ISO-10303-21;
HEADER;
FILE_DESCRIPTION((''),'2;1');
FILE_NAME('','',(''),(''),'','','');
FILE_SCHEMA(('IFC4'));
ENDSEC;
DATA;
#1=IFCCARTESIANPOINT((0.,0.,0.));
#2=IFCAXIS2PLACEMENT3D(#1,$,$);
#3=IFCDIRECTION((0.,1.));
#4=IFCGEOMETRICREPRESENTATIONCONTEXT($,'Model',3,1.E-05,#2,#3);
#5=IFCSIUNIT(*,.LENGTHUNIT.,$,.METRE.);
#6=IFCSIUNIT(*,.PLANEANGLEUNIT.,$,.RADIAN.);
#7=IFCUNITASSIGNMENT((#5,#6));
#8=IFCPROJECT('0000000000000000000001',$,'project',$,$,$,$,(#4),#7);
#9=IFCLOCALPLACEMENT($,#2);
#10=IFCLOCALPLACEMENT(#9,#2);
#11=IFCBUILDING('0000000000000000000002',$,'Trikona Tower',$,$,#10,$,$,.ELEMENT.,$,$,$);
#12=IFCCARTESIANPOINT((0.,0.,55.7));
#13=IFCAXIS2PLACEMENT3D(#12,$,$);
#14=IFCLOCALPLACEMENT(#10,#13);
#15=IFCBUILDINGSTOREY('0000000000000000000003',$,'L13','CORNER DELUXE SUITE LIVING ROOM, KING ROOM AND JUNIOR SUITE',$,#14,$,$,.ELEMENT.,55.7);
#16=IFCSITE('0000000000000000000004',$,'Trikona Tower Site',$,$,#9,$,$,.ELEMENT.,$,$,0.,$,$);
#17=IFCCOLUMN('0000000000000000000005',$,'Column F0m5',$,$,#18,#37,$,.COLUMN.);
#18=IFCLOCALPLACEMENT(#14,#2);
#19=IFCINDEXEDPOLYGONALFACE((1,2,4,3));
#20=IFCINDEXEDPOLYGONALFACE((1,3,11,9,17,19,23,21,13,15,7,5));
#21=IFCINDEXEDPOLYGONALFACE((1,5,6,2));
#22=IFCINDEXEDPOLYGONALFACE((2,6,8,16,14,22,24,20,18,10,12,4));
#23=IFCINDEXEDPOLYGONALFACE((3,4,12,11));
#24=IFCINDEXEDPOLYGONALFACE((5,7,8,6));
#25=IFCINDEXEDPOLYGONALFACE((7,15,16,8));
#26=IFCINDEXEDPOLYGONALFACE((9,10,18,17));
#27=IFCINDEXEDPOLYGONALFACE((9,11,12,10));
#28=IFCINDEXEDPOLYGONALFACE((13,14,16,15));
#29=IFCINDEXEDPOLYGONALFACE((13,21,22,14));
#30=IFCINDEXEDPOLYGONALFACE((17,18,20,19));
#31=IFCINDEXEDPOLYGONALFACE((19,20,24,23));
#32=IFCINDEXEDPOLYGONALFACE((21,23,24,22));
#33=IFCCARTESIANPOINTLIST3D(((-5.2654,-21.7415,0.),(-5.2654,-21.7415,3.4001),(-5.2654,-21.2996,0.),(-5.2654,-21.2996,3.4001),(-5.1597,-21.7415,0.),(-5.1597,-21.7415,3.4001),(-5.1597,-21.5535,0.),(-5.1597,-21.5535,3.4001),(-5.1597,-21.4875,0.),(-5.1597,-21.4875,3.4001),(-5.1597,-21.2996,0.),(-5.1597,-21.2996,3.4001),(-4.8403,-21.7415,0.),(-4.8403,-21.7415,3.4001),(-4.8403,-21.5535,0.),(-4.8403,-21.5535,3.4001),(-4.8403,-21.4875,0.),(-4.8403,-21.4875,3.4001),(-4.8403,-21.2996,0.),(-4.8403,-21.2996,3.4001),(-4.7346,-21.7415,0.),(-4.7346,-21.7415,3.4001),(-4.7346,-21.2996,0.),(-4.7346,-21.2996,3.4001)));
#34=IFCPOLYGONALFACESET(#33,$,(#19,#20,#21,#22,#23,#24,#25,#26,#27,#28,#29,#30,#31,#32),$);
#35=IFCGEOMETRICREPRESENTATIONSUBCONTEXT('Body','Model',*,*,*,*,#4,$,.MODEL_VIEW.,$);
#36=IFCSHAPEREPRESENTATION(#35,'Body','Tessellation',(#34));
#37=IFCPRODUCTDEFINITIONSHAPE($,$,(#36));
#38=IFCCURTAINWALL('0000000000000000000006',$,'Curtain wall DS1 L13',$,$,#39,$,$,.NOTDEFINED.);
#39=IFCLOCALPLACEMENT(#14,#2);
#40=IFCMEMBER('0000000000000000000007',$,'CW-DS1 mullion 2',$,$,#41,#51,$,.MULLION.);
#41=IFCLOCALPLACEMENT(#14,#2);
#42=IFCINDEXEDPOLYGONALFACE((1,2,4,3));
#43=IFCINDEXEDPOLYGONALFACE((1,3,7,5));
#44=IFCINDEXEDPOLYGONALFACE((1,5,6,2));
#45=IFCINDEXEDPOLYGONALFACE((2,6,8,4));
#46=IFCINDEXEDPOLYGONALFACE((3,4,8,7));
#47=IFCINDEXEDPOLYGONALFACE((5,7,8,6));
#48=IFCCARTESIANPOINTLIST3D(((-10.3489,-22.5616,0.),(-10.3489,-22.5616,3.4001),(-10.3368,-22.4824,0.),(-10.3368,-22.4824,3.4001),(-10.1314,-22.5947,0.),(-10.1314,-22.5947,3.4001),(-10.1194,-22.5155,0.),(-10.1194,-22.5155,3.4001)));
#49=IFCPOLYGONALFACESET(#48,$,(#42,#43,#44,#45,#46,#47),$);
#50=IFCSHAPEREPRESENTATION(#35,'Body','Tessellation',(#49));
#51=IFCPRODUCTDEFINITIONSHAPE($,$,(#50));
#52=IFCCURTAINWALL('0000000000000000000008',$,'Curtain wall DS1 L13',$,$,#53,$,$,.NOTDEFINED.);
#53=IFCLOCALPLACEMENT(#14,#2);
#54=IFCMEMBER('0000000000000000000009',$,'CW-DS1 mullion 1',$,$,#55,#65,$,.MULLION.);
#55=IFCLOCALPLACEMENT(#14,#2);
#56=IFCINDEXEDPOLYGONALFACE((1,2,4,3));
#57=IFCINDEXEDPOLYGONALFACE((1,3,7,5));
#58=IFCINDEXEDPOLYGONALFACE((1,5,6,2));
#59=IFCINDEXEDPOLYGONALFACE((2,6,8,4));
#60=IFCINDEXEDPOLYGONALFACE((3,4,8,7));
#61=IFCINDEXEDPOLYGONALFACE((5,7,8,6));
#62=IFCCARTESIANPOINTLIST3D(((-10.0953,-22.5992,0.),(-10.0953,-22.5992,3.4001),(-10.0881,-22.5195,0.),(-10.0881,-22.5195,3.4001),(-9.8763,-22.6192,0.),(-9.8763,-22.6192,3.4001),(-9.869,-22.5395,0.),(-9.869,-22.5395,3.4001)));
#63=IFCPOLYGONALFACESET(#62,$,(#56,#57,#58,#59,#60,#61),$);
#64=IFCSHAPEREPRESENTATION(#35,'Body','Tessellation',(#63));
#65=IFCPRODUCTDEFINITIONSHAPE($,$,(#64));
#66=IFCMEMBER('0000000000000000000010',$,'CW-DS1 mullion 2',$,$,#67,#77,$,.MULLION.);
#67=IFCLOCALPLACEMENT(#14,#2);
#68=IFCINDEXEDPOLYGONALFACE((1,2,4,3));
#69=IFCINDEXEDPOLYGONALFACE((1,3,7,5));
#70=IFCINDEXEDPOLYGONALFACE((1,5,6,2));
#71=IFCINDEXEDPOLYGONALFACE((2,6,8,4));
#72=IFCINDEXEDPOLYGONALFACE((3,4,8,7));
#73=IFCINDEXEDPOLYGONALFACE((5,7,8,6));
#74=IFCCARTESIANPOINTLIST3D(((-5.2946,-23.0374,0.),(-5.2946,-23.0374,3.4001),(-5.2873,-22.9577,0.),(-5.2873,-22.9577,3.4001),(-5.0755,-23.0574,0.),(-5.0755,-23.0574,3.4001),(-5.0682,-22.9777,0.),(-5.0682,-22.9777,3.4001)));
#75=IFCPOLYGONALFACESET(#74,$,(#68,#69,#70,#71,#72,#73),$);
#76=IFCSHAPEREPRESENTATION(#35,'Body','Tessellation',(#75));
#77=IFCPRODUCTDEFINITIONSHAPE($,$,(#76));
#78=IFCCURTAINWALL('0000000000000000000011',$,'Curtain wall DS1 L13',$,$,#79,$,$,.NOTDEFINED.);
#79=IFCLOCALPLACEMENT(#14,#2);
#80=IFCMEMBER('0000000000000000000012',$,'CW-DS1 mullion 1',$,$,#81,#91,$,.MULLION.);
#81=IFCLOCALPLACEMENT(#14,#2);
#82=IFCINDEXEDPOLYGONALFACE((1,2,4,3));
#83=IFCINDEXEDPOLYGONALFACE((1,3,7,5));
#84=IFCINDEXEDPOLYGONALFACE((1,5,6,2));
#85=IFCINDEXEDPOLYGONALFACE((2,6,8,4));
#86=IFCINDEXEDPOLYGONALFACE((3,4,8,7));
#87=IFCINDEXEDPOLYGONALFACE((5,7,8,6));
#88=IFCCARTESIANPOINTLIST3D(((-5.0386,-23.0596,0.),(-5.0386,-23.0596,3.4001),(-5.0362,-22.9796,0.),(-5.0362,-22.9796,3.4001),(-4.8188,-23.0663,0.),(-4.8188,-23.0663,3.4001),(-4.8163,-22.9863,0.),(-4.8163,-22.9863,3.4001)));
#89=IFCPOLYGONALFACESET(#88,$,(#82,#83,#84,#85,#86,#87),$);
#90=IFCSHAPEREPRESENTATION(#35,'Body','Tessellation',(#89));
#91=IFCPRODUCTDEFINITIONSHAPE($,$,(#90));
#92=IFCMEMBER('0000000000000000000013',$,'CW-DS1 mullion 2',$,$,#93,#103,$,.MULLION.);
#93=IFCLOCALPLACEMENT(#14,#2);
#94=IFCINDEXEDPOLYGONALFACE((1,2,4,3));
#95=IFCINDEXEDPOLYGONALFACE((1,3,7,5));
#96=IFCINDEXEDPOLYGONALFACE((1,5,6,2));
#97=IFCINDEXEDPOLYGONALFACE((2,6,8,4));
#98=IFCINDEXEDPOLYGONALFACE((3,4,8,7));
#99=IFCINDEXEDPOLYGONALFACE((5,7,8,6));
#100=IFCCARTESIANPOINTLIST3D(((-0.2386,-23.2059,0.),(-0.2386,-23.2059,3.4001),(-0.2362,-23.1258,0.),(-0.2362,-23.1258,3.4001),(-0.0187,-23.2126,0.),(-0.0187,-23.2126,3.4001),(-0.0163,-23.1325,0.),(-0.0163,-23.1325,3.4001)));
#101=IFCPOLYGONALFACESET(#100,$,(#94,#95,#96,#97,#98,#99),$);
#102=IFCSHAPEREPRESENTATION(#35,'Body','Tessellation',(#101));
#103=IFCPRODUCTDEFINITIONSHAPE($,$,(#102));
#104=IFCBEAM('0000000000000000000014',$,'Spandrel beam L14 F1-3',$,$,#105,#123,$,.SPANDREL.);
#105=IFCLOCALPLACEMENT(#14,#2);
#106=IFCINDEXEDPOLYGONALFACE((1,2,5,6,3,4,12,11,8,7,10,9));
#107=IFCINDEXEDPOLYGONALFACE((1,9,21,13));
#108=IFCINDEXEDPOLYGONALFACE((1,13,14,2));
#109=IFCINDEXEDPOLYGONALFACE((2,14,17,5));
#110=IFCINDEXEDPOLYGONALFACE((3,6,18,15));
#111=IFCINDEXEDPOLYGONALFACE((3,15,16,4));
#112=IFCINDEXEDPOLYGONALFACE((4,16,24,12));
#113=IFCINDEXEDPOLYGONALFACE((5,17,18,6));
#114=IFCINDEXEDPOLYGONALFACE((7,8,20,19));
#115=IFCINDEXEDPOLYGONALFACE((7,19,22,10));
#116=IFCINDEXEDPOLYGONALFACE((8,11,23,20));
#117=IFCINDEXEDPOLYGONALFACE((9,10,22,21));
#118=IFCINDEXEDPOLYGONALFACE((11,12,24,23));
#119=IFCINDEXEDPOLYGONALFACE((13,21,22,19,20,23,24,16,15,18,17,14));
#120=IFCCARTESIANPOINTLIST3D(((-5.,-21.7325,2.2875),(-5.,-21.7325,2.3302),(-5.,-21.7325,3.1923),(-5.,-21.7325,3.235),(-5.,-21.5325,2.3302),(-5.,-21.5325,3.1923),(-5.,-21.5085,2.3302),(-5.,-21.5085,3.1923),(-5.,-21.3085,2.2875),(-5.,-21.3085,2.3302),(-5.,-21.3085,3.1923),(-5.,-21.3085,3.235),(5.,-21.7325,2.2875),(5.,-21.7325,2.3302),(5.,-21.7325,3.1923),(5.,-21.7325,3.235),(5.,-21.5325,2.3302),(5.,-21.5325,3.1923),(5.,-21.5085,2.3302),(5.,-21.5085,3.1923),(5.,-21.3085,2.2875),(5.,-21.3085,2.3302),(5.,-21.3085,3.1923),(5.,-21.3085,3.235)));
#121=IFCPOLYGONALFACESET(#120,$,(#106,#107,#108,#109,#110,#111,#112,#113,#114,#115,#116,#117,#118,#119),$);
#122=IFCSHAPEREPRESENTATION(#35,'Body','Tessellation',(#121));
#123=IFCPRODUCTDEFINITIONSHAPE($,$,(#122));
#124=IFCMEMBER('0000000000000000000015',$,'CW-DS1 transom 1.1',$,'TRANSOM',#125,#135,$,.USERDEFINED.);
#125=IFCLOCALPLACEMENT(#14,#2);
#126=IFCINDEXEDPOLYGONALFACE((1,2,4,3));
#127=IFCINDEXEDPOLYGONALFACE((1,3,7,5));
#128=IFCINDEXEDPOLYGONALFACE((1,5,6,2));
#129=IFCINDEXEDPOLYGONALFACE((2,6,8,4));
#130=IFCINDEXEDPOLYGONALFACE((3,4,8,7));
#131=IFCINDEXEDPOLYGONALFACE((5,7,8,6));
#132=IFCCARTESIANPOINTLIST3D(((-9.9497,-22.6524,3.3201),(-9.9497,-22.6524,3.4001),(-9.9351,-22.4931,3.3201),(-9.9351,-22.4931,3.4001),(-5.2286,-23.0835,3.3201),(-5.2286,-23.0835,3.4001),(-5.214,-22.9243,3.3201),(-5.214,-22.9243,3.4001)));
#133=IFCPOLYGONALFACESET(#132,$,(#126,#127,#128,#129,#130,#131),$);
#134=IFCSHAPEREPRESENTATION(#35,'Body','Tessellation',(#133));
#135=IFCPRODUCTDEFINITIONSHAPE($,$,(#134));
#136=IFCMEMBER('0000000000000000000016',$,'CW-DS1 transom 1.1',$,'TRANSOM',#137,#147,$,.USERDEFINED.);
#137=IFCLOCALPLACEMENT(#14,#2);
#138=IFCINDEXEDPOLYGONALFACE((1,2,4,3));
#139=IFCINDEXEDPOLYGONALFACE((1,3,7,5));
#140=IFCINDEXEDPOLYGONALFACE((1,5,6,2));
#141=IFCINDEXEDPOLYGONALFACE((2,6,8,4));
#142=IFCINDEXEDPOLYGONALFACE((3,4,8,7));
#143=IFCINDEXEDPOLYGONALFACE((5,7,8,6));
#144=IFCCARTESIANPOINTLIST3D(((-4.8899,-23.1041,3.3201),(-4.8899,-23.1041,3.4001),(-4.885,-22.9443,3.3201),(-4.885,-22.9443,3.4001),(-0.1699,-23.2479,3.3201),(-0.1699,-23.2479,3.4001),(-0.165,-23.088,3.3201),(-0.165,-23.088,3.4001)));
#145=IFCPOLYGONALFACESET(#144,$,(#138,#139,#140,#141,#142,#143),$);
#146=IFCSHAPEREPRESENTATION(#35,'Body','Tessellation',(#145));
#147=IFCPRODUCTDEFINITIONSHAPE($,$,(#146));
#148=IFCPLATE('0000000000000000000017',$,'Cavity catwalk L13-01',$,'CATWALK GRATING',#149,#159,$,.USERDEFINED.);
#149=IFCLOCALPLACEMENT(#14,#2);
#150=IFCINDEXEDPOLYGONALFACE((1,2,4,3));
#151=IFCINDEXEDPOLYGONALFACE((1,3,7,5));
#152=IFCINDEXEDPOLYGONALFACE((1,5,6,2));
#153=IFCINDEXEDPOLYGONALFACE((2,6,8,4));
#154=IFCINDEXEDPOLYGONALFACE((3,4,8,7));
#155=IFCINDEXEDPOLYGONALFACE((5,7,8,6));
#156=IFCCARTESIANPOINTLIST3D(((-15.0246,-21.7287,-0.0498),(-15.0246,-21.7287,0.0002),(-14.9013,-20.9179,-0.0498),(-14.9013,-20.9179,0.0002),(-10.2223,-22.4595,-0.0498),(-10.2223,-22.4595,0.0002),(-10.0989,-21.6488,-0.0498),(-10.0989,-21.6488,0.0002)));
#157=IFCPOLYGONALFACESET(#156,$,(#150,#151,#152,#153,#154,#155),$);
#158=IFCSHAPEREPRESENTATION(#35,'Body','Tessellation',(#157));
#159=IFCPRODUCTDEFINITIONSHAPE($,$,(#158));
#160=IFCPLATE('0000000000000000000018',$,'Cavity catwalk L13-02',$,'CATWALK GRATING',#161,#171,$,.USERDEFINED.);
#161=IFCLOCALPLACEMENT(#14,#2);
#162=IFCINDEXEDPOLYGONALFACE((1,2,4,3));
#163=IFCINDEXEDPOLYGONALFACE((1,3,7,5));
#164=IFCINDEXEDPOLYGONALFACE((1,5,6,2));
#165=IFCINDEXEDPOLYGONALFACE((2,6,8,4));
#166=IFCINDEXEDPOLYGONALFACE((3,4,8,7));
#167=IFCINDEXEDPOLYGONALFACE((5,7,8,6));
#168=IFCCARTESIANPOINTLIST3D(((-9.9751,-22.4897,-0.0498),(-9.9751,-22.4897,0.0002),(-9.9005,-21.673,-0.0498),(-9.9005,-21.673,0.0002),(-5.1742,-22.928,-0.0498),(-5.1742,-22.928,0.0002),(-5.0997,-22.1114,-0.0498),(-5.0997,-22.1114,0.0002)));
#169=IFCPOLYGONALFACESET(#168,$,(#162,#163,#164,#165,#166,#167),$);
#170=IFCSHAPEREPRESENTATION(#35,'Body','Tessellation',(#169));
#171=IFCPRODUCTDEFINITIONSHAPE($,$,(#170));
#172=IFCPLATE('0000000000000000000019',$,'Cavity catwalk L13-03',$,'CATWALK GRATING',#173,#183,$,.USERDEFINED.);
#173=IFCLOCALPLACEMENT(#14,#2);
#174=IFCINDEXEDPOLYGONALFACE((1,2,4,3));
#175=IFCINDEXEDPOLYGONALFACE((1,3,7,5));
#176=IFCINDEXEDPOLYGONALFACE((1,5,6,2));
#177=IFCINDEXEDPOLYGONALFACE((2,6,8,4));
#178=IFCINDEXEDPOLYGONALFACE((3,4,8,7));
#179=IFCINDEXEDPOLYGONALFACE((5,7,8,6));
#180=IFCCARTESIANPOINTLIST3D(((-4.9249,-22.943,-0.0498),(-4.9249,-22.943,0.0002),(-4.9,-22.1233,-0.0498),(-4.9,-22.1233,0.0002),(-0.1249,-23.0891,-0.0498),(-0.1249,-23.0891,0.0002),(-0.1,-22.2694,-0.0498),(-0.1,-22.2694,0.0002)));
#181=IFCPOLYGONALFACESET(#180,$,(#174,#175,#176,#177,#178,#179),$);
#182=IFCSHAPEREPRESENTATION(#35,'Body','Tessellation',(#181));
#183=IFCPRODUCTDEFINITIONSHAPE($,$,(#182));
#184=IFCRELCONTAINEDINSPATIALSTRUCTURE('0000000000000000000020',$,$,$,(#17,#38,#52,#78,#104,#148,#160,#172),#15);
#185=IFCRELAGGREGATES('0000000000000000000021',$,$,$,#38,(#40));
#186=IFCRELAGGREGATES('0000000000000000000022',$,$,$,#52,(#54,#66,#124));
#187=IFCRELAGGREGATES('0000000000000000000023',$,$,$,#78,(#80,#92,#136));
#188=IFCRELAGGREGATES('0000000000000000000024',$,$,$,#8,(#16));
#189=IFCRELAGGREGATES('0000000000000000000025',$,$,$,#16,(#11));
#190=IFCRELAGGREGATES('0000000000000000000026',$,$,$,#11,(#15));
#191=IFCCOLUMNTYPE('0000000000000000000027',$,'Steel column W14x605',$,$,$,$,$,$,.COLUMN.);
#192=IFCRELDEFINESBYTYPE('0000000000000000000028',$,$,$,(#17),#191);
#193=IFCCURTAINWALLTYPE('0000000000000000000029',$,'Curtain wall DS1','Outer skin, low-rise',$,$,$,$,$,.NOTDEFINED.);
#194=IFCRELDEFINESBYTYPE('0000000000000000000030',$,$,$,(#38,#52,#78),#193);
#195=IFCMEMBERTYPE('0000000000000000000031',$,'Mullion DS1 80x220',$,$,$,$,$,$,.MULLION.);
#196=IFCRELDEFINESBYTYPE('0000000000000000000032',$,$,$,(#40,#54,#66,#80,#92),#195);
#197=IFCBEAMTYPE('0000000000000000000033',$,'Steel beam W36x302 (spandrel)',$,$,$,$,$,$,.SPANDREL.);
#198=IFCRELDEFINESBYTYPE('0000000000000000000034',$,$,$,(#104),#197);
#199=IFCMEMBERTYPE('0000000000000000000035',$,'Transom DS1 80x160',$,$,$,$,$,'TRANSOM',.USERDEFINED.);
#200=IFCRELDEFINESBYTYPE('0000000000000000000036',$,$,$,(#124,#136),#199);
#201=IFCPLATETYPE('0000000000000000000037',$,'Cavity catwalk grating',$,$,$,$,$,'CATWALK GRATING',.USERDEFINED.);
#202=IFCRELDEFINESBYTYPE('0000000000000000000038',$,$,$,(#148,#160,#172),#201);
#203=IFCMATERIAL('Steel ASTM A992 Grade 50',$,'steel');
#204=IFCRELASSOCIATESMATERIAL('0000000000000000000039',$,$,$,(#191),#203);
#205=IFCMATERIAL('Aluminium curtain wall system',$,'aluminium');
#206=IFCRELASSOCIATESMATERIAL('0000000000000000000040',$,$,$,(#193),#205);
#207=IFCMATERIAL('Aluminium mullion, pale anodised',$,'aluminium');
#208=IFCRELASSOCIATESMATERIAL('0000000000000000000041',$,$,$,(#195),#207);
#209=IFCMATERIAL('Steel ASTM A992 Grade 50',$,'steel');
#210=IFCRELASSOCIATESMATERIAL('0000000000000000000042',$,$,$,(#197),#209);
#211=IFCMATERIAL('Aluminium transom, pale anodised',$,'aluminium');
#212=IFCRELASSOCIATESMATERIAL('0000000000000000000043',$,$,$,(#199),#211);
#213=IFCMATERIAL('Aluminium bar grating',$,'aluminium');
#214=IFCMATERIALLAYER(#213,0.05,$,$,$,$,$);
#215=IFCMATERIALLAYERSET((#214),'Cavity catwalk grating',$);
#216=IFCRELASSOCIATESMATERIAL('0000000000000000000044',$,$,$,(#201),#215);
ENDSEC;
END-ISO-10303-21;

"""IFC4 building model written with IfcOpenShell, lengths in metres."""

from ifc_helpers import new_model, si_unit, direction, frame, origin, origin_2d, place, context, subcontext, project, spatial, rectangle, i_section, extrude, material, layer, layer_set, material_profile, profile_set, type_object, element, aggregate, save


model = new_model("IFC4")

# Units and contexts
model_context = context("Model", 3, precision=1e-05, world=origin(), true_north=direction((0.0, 1.0)))
body_context = subcontext(model_context, "Body", "Model", "MODEL_VIEW")
ifc_project = project(units=[si_unit("LENGTHUNIT", "METRE"), si_unit("PLANEANGLEUNIT", "RADIAN")], contexts=[model_context])

# Site, building, storey
site_placement = place(None, origin())
site = spatial("IfcSite", under=ifc_project, at=site_placement, Name="Trikona Tower Site", CompositionType="ELEMENT", RefElevation=0.0)
building_placement = place(site_placement, origin())
building = spatial("IfcBuilding", under=site, at=building_placement, Name="Trikona Tower", CompositionType="ELEMENT")
storey_placement = place(building_placement, frame((0.0, 0.0, 55.7)))
storey = spatial("IfcBuildingStorey", under=building, at=storey_placement, Name="L13", Description="CORNER DELUXE SUITE LIVING ROOM, KING ROOM AND JUNIOR SUITE", CompositionType="ELEMENT", Elevation=55.7)

# Column
ifc_material_1 = material(Name="Steel ASTM A992 Grade 50", Category="steel")
ifc_material_profile_1 = material_profile(ifc_material_1, i_section(OverallWidth=0.4419, OverallDepth=0.5308, WebThickness=0.0659, FlangeThickness=0.1057, at=origin_2d()), Name="W14X605")
ifc_profile_set_1 = profile_set([ifc_material_profile_1], Name="Steel ASTM A992 Grade 50")
column_type = type_object("IfcColumnType", Name="Steel column W14x605", PredefinedType="COLUMN", material=ifc_profile_set_1)
column_placement = place(storey_placement, frame((-5.0, -21.5205, 0.0), z_axis=(0.0, 0.0, 1.0), x_axis=(0.0, -1.0, 0.0)))
element("IfcColumn", 1, at=column_placement, inside=storey, type_object=column_type, Name="Column F0m5", PredefinedType="COLUMN", context=body_context, shape_type="SweptSolid", body=[
    extrude(i_section(OverallWidth=0.4419, OverallDepth=0.5308, WebThickness=0.0659, FlangeThickness=0.1057, at=origin_2d()), origin(), (0.0, 0.0, 1.0), 3.4001),
])

# Curtain wall, member
ifc_material_2 = material(Name="Aluminium curtain wall system", Category="aluminium")
curtain_wall_type = type_object("IfcCurtainWallType", Name="Curtain wall DS1", Description="Outer skin, low-rise", PredefinedType="NOTDEFINED", material=ifc_material_2)
curtain_wall_1_placement = place(storey_placement, origin())
curtain_wall_1 = element("IfcCurtainWall", 2, at=curtain_wall_1_placement, inside=storey, type_object=curtain_wall_type, Name="Curtain wall DS1 L13", PredefinedType="NOTDEFINED")
ifc_material_3 = material(Name="Aluminium mullion, pale anodised", Category="aluminium")
ifc_material_profile_2 = material_profile(ifc_material_3, rectangle(XDim=0.0801, YDim=0.22, at=origin_2d()), Name="MUL-DS1")
ifc_profile_set_2 = profile_set([ifc_material_profile_2], Name="Aluminium mullion, pale anodised")
member_type_1 = type_object("IfcMemberType", Name="Mullion DS1 80x220", PredefinedType="MULLION", material=ifc_profile_set_2)
member_1_placement = place(storey_placement, frame((-10.2341, -22.5386, 0.0), z_axis=(0.0, 0.0, 1.0), x_axis=(0.150438, 0.988619, 0.0)))
member_1 = element("IfcMember", 3, at=member_1_placement, type_object=member_type_1, Name="CW-DS1 mullion 2", PredefinedType="MULLION", context=body_context, shape_type="SweptSolid", body=[
    extrude(rectangle(XDim=0.0801, YDim=0.22, at=origin_2d()), origin(), (0.0, 0.0, 1.0), 3.4001),
])

# Curtain walls, members
curtain_wall_2_placement = place(storey_placement, origin())
curtain_wall_2 = element("IfcCurtainWall", 4, at=curtain_wall_2_placement, inside=storey, type_object=curtain_wall_type, Name="Curtain wall DS1 L13", PredefinedType="NOTDEFINED")
member_2_placement = place(storey_placement, frame((-9.9822, -22.5693, 0.0), z_axis=(0.0, 0.0, 1.0), x_axis=(0.090924, 0.995858, 0.0)))
member_2 = element("IfcMember", 5, at=member_2_placement, type_object=member_type_1, Name="CW-DS1 mullion 1", PredefinedType="MULLION", context=body_context, shape_type="SweptSolid", body=[
    extrude(rectangle(XDim=0.0801, YDim=0.22, at=origin_2d()), origin(), (0.0, 0.0, 1.0), 3.4001),
])
member_3_placement = place(storey_placement, frame((-5.1814, -23.0076, 0.0), z_axis=(0.0, 0.0, 1.0), x_axis=(0.090924, 0.995858, 0.0)))
member_3 = element("IfcMember", 6, at=member_3_placement, type_object=member_type_1, Name="CW-DS1 mullion 2", PredefinedType="MULLION", context=body_context, shape_type="SweptSolid", body=[
    extrude(rectangle(XDim=0.0801, YDim=0.22, at=origin_2d()), origin(), (0.0, 0.0, 1.0), 3.4001),
])
curtain_wall_3_placement = place(storey_placement, origin())
curtain_wall_3 = element("IfcCurtainWall", 7, at=curtain_wall_3_placement, inside=storey, type_object=curtain_wall_type, Name="Curtain wall DS1 L13", PredefinedType="NOTDEFINED")
member_4_placement = place(storey_placement, frame((-4.9275, -23.0229, 0.0), z_axis=(0.0, 0.0, 1.0), x_axis=(0.030437, 0.999537, 0.0)))
member_4 = element("IfcMember", 8, at=member_4_placement, type_object=member_type_1, Name="CW-DS1 mullion 1", PredefinedType="MULLION", context=body_context, shape_type="SweptSolid", body=[
    extrude(rectangle(XDim=0.0801, YDim=0.22, at=origin_2d()), origin(), (0.0, 0.0, 1.0), 3.4001),
])
member_5_placement = place(storey_placement, frame((-0.1274, -23.1692, 0.0), z_axis=(0.0, 0.0, 1.0), x_axis=(0.030437, 0.999537, 0.0)))
member_5 = element("IfcMember", 9, at=member_5_placement, type_object=member_type_1, Name="CW-DS1 mullion 2", PredefinedType="MULLION", context=body_context, shape_type="SweptSolid", body=[
    extrude(rectangle(XDim=0.0801, YDim=0.22, at=origin_2d()), origin(), (0.0, 0.0, 1.0), 3.4001),
])

# Beam
ifc_material_4 = material(Name="Steel ASTM A992 Grade 50", Category="steel")
ifc_material_profile_3 = material_profile(ifc_material_4, i_section(OverallWidth=0.4241, OverallDepth=0.9475, WebThickness=0.0239, FlangeThickness=0.0427, at=origin_2d()), Name="W36X302")
ifc_profile_set_3 = profile_set([ifc_material_profile_3], Name="Steel ASTM A992 Grade 50")
beam_type = type_object("IfcBeamType", Name="Steel beam W36x302 (spandrel)", PredefinedType="SPANDREL", material=ifc_profile_set_3)
beam_placement = place(storey_placement, frame((-5.0, -21.5205, 2.7612), z_axis=(1.0, 0.0, 0.0), x_axis=(0.0, 1.0, 0.0)))
element("IfcBeam", 10, at=beam_placement, inside=storey, type_object=beam_type, Name="Spandrel beam L14 F1-3", PredefinedType="SPANDREL", context=body_context, shape_type="SweptSolid", body=[
    extrude(i_section(OverallWidth=0.4241, OverallDepth=0.9475, WebThickness=0.0239, FlangeThickness=0.0427, at=origin_2d()), origin(), (0.0, 0.0, 1.0), 10.0),
])

# Members
ifc_material_5 = material(Name="Aluminium transom, pale anodised", Category="aluminium")
ifc_material_profile_4 = material_profile(ifc_material_5, rectangle(XDim=0.1599, YDim=0.0801, at=origin_2d()), Name="TRN-DS1")
ifc_profile_set_4 = profile_set([ifc_material_profile_4], Name="Aluminium transom, pale anodised")
member_type_2 = type_object("IfcMemberType", Name="Transom DS1 80x160", ElementType="TRANSOM", PredefinedType="USERDEFINED", material=ifc_profile_set_4)
member_6_placement = place(storey_placement, frame((-9.9424, -22.5728, 3.3601), z_axis=(0.995856, -0.090944, 0.0), x_axis=(0.090944, 0.995856, 0.0)))
member_6 = element("IfcMember", 11, at=member_6_placement, type_object=member_type_2, Name="CW-DS1 transom 1.1", ObjectType="TRANSOM", PredefinedType="USERDEFINED", context=body_context, shape_type="SweptSolid", body=[
    extrude(rectangle(XDim=0.1599, YDim=0.0801, at=origin_2d()), origin(), (0.0, 0.0, 1.0), 4.7407),
])
member_7_placement = place(storey_placement, frame((-4.8875, -23.0242, 3.3601), z_axis=(0.999536, -0.030452, 0.0), x_axis=(0.030452, 0.999536, 0.0)))
member_7 = element("IfcMember", 12, at=member_7_placement, type_object=member_type_2, Name="CW-DS1 transom 1.1", ObjectType="TRANSOM", PredefinedType="USERDEFINED", context=body_context, shape_type="SweptSolid", body=[
    extrude(rectangle(XDim=0.1599, YDim=0.0801, at=origin_2d()), origin(), (0.0, 0.0, 1.0), 4.7222),
])

# Plates
ifc_material_6 = material(Name="Aluminium bar grating", Category="aluminium")
ifc_layer_1 = layer(ifc_material_6, 0.05)
ifc_layer_set_1 = layer_set([ifc_layer_1], Name="Cavity catwalk grating")
plate_type_1 = type_object("IfcPlateType", Name="Cavity catwalk grating", ElementType="CATWALK GRATING", PredefinedType="USERDEFINED", material=ifc_layer_set_1)
plate_1_placement = place(storey_placement, frame((-12.5618, -21.6887, -0.0498), z_axis=(0.0, 0.0, 1.0), x_axis=(0.988618, -0.150448, 0.0)))
element("IfcPlate", 13, at=plate_1_placement, inside=storey, type_object=plate_type_1, Name="Cavity catwalk L13-01", ObjectType="CATWALK GRATING", PredefinedType="USERDEFINED", context=body_context, shape_type="SweptSolid", body=[
    extrude(rectangle(XDim=4.8577, YDim=0.8201, at=origin_2d()), origin(), (0.0, 0.0, 1.0), 0.05),
])
plate_2_placement = place(storey_placement, frame((-7.5374, -22.3005, -0.0498), z_axis=(0.0, 0.0, 1.0), x_axis=(0.995858, -0.090921, 0.0)))
element("IfcPlate", 14, at=plate_2_placement, inside=storey, type_object=plate_type_1, Name="Cavity catwalk L13-02", ObjectType="CATWALK GRATING", PredefinedType="USERDEFINED", context=body_context, shape_type="SweptSolid", body=[
    extrude(rectangle(XDim=4.8208, YDim=0.8201, at=origin_2d()), origin(), (0.0, 0.0, 1.0), 0.05),
])
plate_3_placement = place(storey_placement, frame((-2.5125, -22.6062, -0.0498), z_axis=(0.0, 0.0, 1.0), x_axis=(0.999537, -0.030425, 0.0)))
element("IfcPlate", 15, at=plate_3_placement, inside=storey, type_object=plate_type_1, Name="Cavity catwalk L13-03", ObjectType="CATWALK GRATING", PredefinedType="USERDEFINED", context=body_context, shape_type="SweptSolid", body=[
    extrude(rectangle(XDim=4.8022, YDim=0.8201, at=origin_2d()), origin(), (0.0, 0.0, 1.0), 0.05),
])

aggregate(curtain_wall_1, [member_1])
aggregate(curtain_wall_2, [member_2, member_3, member_6])
aggregate(curtain_wall_3, [member_4, member_5, member_7])

save(model, "model.ifc")
